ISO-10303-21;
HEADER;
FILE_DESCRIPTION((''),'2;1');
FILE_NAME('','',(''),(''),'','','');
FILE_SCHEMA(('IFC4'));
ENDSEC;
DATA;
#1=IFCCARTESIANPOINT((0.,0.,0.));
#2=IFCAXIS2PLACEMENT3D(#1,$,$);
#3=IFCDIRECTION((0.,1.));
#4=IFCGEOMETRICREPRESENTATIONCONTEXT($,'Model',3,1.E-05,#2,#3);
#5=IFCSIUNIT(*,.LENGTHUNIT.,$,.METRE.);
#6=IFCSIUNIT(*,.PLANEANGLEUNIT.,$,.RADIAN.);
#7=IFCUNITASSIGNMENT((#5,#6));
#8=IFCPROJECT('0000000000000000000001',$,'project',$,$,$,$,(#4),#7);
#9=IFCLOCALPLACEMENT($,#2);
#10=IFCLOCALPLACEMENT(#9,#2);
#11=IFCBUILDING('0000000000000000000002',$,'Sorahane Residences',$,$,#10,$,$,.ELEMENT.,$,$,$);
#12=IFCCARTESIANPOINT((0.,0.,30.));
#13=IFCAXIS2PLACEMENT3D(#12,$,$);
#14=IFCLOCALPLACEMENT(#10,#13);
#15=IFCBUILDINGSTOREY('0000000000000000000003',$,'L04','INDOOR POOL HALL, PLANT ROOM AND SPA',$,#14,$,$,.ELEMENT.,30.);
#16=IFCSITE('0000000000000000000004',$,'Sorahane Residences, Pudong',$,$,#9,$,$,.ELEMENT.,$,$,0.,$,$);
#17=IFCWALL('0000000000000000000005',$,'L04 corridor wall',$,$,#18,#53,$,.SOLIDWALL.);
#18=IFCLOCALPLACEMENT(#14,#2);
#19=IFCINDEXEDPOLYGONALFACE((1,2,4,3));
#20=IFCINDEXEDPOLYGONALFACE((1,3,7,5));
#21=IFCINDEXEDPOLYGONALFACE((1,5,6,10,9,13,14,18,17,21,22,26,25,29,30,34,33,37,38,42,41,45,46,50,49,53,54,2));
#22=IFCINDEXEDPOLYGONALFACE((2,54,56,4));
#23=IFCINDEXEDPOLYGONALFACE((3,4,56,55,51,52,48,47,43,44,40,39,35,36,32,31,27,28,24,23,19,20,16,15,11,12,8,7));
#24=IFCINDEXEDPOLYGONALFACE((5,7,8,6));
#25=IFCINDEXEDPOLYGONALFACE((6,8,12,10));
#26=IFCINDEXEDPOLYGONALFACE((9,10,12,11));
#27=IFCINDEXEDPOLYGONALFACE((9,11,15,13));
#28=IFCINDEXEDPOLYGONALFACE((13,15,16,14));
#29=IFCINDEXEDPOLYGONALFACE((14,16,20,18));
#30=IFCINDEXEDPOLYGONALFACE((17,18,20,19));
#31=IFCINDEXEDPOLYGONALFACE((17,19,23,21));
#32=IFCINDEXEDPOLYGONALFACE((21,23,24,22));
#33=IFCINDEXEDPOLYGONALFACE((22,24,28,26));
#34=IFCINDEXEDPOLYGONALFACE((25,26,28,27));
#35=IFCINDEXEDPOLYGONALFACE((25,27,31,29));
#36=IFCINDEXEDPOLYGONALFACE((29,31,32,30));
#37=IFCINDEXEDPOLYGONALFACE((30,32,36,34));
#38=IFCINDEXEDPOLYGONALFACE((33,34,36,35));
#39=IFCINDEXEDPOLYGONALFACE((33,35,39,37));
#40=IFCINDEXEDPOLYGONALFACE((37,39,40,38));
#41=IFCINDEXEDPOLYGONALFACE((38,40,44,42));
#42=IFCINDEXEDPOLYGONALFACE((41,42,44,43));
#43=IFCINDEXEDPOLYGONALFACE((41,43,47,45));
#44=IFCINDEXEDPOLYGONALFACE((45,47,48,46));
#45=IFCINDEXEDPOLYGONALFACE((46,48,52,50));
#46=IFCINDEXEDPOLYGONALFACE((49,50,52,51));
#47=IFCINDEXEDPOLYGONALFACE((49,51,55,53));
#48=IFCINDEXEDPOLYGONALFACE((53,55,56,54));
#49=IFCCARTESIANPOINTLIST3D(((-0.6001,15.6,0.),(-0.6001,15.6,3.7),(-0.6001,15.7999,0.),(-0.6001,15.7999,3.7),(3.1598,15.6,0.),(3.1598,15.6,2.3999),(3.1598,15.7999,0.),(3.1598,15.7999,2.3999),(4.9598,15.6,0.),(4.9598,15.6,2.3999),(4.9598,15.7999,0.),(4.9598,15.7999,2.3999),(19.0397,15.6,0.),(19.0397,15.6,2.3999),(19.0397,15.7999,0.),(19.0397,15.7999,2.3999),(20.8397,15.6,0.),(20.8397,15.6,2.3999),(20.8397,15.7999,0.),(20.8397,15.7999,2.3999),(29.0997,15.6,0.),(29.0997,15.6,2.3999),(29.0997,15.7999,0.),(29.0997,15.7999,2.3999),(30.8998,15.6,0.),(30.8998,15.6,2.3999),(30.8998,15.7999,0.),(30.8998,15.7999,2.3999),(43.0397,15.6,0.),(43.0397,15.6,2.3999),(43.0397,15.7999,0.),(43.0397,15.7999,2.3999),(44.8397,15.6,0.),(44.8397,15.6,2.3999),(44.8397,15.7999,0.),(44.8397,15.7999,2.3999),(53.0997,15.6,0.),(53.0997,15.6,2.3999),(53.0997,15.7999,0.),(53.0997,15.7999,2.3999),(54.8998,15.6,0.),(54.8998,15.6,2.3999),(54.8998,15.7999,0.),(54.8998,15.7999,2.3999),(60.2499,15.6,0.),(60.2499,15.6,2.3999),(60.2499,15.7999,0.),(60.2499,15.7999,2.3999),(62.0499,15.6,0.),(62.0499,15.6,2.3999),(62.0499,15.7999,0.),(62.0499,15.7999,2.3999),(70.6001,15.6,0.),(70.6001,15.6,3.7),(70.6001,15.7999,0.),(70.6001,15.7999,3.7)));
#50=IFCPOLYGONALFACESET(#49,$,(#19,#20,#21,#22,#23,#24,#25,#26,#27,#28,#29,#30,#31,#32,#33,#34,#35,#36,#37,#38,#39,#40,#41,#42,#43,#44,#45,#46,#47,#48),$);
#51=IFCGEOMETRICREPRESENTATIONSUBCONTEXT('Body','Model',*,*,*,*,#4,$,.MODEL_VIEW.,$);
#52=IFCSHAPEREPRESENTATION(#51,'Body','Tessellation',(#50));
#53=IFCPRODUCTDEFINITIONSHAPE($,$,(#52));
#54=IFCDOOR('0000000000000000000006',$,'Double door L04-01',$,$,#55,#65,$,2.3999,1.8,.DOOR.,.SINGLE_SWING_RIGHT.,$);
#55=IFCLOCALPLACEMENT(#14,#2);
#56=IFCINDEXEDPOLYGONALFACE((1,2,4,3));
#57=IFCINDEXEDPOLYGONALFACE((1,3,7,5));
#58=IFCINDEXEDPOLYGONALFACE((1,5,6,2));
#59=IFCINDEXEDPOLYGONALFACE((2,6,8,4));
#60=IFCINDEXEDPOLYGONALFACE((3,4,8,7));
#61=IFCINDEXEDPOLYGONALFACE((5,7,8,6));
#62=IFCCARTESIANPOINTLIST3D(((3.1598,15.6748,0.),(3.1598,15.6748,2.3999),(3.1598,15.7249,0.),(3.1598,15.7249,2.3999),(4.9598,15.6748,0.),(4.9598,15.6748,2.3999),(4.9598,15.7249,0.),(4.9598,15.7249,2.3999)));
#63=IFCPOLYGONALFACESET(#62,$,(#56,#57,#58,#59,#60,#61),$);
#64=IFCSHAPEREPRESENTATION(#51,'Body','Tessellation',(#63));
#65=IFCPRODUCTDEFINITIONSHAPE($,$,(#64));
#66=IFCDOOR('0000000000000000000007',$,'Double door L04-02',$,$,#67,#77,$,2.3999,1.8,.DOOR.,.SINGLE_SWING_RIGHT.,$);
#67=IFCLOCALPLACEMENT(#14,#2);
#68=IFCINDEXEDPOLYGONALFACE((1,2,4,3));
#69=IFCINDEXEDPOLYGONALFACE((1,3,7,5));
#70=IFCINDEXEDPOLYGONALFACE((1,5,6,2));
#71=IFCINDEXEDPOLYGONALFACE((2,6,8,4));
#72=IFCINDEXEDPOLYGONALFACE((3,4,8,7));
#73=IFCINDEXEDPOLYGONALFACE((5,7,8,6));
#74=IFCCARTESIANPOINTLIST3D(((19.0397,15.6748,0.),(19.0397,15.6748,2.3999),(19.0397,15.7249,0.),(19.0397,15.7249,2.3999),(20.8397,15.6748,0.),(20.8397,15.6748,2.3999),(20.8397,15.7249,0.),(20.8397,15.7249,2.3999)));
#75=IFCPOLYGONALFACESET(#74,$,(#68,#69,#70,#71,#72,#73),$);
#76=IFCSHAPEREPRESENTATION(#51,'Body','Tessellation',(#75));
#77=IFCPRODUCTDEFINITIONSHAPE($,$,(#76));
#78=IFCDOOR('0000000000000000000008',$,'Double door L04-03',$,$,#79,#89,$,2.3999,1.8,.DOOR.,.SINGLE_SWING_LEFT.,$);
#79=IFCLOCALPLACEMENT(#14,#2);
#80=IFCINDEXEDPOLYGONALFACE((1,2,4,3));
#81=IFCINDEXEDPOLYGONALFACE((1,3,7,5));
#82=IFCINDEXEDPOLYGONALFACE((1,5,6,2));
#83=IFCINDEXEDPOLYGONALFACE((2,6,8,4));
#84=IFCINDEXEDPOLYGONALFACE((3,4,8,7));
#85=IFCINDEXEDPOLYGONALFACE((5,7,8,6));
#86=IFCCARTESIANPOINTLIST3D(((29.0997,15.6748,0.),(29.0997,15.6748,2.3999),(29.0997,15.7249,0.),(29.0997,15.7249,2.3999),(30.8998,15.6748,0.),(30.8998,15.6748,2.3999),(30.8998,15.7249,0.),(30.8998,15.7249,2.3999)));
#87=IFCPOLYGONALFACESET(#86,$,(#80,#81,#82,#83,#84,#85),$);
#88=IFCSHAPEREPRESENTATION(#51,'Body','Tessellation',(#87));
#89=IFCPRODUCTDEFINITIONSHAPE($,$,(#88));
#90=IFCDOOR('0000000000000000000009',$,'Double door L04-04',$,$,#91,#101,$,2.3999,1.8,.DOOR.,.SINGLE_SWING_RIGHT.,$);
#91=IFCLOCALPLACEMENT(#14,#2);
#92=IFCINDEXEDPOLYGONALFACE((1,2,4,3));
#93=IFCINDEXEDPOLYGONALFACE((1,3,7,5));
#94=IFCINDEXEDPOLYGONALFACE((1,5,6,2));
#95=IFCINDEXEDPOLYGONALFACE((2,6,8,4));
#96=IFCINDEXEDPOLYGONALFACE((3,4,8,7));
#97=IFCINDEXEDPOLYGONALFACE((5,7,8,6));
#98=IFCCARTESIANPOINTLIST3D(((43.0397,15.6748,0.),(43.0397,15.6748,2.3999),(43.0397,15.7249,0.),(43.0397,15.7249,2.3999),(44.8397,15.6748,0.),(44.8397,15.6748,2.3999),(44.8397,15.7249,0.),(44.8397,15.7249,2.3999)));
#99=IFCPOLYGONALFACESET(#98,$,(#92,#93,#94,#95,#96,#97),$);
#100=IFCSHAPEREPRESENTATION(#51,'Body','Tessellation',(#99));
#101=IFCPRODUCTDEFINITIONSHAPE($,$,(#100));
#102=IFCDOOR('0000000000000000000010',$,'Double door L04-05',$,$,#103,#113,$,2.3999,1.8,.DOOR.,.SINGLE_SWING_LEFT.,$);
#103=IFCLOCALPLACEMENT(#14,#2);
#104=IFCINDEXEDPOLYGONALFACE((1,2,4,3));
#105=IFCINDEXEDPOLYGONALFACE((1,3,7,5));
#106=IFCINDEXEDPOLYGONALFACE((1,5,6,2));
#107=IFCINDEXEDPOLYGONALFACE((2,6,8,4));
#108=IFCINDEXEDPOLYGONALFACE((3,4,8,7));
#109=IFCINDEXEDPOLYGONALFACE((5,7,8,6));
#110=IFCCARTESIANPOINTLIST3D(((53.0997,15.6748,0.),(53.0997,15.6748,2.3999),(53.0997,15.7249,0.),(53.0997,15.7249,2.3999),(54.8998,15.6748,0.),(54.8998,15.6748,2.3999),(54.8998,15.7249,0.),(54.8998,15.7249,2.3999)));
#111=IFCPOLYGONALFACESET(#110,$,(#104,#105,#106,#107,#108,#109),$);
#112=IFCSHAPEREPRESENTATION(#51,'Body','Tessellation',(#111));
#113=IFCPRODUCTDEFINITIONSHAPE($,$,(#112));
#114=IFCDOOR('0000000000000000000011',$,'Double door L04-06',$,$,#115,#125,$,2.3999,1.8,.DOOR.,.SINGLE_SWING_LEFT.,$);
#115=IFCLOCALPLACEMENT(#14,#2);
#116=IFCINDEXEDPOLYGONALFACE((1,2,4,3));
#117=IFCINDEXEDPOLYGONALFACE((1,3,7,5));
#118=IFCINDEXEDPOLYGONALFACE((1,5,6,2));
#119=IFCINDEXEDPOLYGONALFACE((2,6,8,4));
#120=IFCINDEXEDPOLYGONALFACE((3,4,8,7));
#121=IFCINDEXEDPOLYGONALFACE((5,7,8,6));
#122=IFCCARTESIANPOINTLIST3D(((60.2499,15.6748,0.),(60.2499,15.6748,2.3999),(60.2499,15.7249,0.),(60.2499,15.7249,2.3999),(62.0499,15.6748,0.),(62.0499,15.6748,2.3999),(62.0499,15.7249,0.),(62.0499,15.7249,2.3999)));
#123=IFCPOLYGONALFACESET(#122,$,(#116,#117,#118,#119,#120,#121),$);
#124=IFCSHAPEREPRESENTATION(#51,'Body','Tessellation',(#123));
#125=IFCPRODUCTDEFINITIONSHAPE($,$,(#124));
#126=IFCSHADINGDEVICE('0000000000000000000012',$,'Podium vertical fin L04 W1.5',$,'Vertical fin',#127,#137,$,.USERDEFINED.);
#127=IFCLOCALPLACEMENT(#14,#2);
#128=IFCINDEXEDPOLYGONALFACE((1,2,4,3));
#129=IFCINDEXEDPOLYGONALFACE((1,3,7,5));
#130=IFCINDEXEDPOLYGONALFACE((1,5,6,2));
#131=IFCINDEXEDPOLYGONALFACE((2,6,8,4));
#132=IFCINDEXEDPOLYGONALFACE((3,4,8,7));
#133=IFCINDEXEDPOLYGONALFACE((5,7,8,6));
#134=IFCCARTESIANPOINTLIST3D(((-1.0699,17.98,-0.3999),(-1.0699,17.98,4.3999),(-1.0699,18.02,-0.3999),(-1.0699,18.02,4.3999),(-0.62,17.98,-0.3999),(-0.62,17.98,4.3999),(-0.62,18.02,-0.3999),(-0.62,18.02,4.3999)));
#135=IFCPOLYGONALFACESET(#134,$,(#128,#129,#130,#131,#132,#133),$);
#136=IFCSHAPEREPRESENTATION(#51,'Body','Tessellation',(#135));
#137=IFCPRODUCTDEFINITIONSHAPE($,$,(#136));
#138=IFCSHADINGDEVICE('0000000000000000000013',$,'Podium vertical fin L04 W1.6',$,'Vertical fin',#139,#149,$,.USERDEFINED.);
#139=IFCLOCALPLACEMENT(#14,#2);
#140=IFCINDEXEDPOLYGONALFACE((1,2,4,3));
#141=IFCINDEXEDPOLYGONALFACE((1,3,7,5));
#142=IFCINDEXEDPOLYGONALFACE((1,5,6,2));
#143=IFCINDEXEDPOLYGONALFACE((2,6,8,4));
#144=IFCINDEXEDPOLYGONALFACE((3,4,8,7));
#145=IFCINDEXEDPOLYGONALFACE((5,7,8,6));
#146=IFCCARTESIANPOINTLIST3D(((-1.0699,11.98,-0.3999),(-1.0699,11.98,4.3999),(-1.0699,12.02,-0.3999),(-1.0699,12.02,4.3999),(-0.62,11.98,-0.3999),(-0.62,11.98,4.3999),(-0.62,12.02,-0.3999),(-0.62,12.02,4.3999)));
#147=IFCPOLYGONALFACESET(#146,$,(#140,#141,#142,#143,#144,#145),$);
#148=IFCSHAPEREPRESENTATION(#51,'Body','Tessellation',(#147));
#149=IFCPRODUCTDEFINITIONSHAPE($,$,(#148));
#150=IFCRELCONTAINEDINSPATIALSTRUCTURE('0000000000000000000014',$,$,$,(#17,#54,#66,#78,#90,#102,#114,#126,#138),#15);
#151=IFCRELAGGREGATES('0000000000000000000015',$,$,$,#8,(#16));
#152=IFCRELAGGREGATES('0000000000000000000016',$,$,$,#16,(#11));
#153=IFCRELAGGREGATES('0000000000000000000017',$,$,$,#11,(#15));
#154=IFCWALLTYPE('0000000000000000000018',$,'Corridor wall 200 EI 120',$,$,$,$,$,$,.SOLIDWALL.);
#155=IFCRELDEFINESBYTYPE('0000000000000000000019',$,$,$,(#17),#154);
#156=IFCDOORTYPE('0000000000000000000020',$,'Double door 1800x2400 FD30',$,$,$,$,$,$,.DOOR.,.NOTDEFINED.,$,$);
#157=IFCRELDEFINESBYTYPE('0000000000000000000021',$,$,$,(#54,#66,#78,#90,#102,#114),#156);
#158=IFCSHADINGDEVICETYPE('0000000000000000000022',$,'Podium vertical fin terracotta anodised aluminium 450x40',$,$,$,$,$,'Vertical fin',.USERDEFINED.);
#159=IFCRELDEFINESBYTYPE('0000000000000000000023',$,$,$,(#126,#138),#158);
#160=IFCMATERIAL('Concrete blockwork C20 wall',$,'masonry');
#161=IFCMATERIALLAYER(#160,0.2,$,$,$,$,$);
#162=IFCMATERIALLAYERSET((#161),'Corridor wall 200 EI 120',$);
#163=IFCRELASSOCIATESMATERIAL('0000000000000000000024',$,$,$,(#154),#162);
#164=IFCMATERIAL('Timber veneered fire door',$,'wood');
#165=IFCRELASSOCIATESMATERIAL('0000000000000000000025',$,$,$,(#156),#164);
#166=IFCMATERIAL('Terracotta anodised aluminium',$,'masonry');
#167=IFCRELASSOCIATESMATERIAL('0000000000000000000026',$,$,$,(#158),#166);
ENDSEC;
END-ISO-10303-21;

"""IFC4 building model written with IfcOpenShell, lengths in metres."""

from ifc_helpers import new_model, si_unit, direction, frame, frame_2d, origin, origin_2d, place, context, subcontext, project, spatial, rectangle, extrude, material, layer, layer_set, material_profile, profile_set, type_object, element, fill, save


model = new_model("IFC4")

# Units and contexts
model_context = context("Model", 3, precision=1e-05, world=origin(), true_north=direction((0.0, 1.0)))
body_context = subcontext(model_context, "Body", "Model", "MODEL_VIEW")
ifc_project = project(units=[si_unit("LENGTHUNIT", "METRE"), si_unit("PLANEANGLEUNIT", "RADIAN")], contexts=[model_context])

# Site, building, storey
site_placement = place(None, origin())
site = spatial("IfcSite", under=ifc_project, at=site_placement, Name="Sorahane Residences, Pudong", CompositionType="ELEMENT", RefElevation=0.0)
building_placement = place(site_placement, origin())
building = spatial("IfcBuilding", under=site, at=building_placement, Name="Sorahane Residences", CompositionType="ELEMENT")
storey_placement = place(building_placement, frame((0.0, 0.0, 30.0)))
storey = spatial("IfcBuildingStorey", under=building, at=storey_placement, Name="L04", Description="INDOOR POOL HALL, PLANT ROOM AND SPA", CompositionType="ELEMENT", Elevation=30.0)

# Wall, openings, doors
ifc_material_1 = material(Name="Concrete blockwork C20 wall", Category="masonry")
ifc_layer_1 = layer(ifc_material_1, 0.2)
ifc_layer_set_1 = layer_set([ifc_layer_1], Name="Corridor wall 200 EI 120")
wall_type = type_object("IfcWallType", Name="Corridor wall 200 EI 120", PredefinedType="SOLIDWALL", material=ifc_layer_set_1)
wall_placement = place(storey_placement, frame((-0.6001, 15.7, 0.0), z_axis=(0.0, 0.0, 1.0), x_axis=(1.0, 0.0, 0.0)))
wall = element("IfcWall", 1, at=wall_placement, inside=storey, type_object=wall_type, Name="L04 corridor wall", PredefinedType="SOLIDWALL", context=body_context, shape_type="SweptSolid", body=[
    extrude(rectangle(XDim=71.2002, YDim=0.2, at=frame_2d((35.6001, 0.0))), origin(), (0.0, 0.0, 1.0), 3.7),
])
opening_1_placement = place(wall_placement, frame((3.76, 0.0, 0.0)))
opening_1 = element("IfcOpeningElement", 2, at=opening_1_placement, cuts=wall, PredefinedType="OPENING", context=body_context, shape_type="SweptSolid", body=[
    extrude(rectangle(XDim=1.8, YDim=2.3999, at=frame_2d((0.8999, 1.2))), frame((0.0, 0.1099, 0.0), z_axis=(0.0, -1.0, 0.0), x_axis=(1.0, 0.0, 0.0)), (0.0, 0.0, 1.0), 0.22),
])
opening_2_placement = place(wall_placement, frame((19.6399, 0.0, 0.0)))
opening_2 = element("IfcOpeningElement", 3, at=opening_2_placement, cuts=wall, PredefinedType="OPENING", context=body_context, shape_type="SweptSolid", body=[
    extrude(rectangle(XDim=1.8, YDim=2.3999, at=frame_2d((0.8999, 1.2))), frame((0.0, 0.1099, 0.0), z_axis=(0.0, -1.0, 0.0), x_axis=(1.0, 0.0, 0.0)), (0.0, 0.0, 1.0), 0.22),
])
opening_3_placement = place(wall_placement, frame((29.7, 0.0, 0.0)))
opening_3 = element("IfcOpeningElement", 4, at=opening_3_placement, cuts=wall, PredefinedType="OPENING", context=body_context, shape_type="SweptSolid", body=[
    extrude(rectangle(XDim=1.8, YDim=2.3999, at=frame_2d((0.8999, 1.2))), frame((0.0, 0.1099, 0.0), z_axis=(0.0, -1.0, 0.0), x_axis=(1.0, 0.0, 0.0)), (0.0, 0.0, 1.0), 0.22),
])
opening_4_placement = place(wall_placement, frame((43.6399, 0.0, 0.0)))
opening_4 = element("IfcOpeningElement", 5, at=opening_4_placement, cuts=wall, PredefinedType="OPENING", context=body_context, shape_type="SweptSolid", body=[
    extrude(rectangle(XDim=1.8, YDim=2.3999, at=frame_2d((0.8999, 1.2))), frame((0.0, 0.1099, 0.0), z_axis=(0.0, -1.0, 0.0), x_axis=(1.0, 0.0, 0.0)), (0.0, 0.0, 1.0), 0.22),
])
opening_5_placement = place(wall_placement, frame((53.7, 0.0, 0.0)))
opening_5 = element("IfcOpeningElement", 6, at=opening_5_placement, cuts=wall, PredefinedType="OPENING", context=body_context, shape_type="SweptSolid", body=[
    extrude(rectangle(XDim=1.8, YDim=2.3999, at=frame_2d((0.8999, 1.2))), frame((0.0, 0.1099, 0.0), z_axis=(0.0, -1.0, 0.0), x_axis=(1.0, 0.0, 0.0)), (0.0, 0.0, 1.0), 0.22),
])
opening_6_placement = place(wall_placement, frame((60.8501, 0.0, 0.0)))
opening_6 = element("IfcOpeningElement", 7, at=opening_6_placement, cuts=wall, PredefinedType="OPENING", context=body_context, shape_type="SweptSolid", body=[
    extrude(rectangle(XDim=1.8, YDim=2.3999, at=frame_2d((0.8999, 1.2))), frame((0.0, 0.1099, 0.0), z_axis=(0.0, -1.0, 0.0), x_axis=(1.0, 0.0, 0.0)), (0.0, 0.0, 1.0), 0.22),
])
ifc_material_2 = material(Name="Timber veneered fire door", Category="wood")
door_type = type_object("IfcDoorType", Name="Double door 1800x2400 FD30", OperationType="NOTDEFINED", PredefinedType="DOOR", material=ifc_material_2)
door_1_placement = place(opening_1_placement, origin())
door_1 = element("IfcDoor", 8, at=door_1_placement, inside=storey, type_object=door_type, Name="Double door L04-01", OperationType="SINGLE_SWING_RIGHT", OverallHeight=2.3999, OverallWidth=1.8, PredefinedType="DOOR", context=body_context, shape_type="SweptSolid", body=[
    extrude(rectangle(XDim=1.8, YDim=2.3999, at=frame_2d((0.8999, 1.2))), frame((0.0, 0.0249, 0.0), z_axis=(0.0, -1.0, 0.0), x_axis=(1.0, 0.0, 0.0)), (0.0, 0.0, 1.0), 0.05),
])
fill(opening_1, door_1)
door_2_placement = place(opening_2_placement, origin())
door_2 = element("IfcDoor", 9, at=door_2_placement, inside=storey, type_object=door_type, Name="Double door L04-02", OperationType="SINGLE_SWING_RIGHT", OverallHeight=2.3999, OverallWidth=1.8, PredefinedType="DOOR", context=body_context, shape_type="SweptSolid", body=[
    extrude(rectangle(XDim=1.8, YDim=2.3999, at=frame_2d((0.8999, 1.2))), frame((0.0, 0.0249, 0.0), z_axis=(0.0, -1.0, 0.0), x_axis=(1.0, 0.0, 0.0)), (0.0, 0.0, 1.0), 0.05),
])
fill(opening_2, door_2)
door_3_placement = place(opening_3_placement, origin())
door_3 = element("IfcDoor", 10, at=door_3_placement, inside=storey, type_object=door_type, Name="Double door L04-03", OperationType="SINGLE_SWING_LEFT", OverallHeight=2.3999, OverallWidth=1.8, PredefinedType="DOOR", context=body_context, shape_type="SweptSolid", body=[
    extrude(rectangle(XDim=1.8, YDim=2.3999, at=frame_2d((0.8999, 1.2))), frame((0.0, 0.0249, 0.0), z_axis=(0.0, -1.0, 0.0), x_axis=(1.0, 0.0, 0.0)), (0.0, 0.0, 1.0), 0.05),
])
fill(opening_3, door_3)
door_4_placement = place(opening_4_placement, origin())
door_4 = element("IfcDoor", 11, at=door_4_placement, inside=storey, type_object=door_type, Name="Double door L04-04", OperationType="SINGLE_SWING_RIGHT", OverallHeight=2.3999, OverallWidth=1.8, PredefinedType="DOOR", context=body_context, shape_type="SweptSolid", body=[
    extrude(rectangle(XDim=1.8, YDim=2.3999, at=frame_2d((0.8999, 1.2))), frame((0.0, 0.0249, 0.0), z_axis=(0.0, -1.0, 0.0), x_axis=(1.0, 0.0, 0.0)), (0.0, 0.0, 1.0), 0.05),
])
fill(opening_4, door_4)
door_5_placement = place(opening_5_placement, origin())
door_5 = element("IfcDoor", 12, at=door_5_placement, inside=storey, type_object=door_type, Name="Double door L04-05", OperationType="SINGLE_SWING_LEFT", OverallHeight=2.3999, OverallWidth=1.8, PredefinedType="DOOR", context=body_context, shape_type="SweptSolid", body=[
    extrude(rectangle(XDim=1.8, YDim=2.3999, at=frame_2d((0.8999, 1.2))), frame((0.0, 0.0249, 0.0), z_axis=(0.0, -1.0, 0.0), x_axis=(1.0, 0.0, 0.0)), (0.0, 0.0, 1.0), 0.05),
])
fill(opening_5, door_5)
door_6_placement = place(opening_6_placement, origin())
door_6 = element("IfcDoor", 13, at=door_6_placement, inside=storey, type_object=door_type, Name="Double door L04-06", OperationType="SINGLE_SWING_LEFT", OverallHeight=2.3999, OverallWidth=1.8, PredefinedType="DOOR", context=body_context, shape_type="SweptSolid", body=[
    extrude(rectangle(XDim=1.8, YDim=2.3999, at=frame_2d((0.8999, 1.2))), frame((0.0, 0.0249, 0.0), z_axis=(0.0, -1.0, 0.0), x_axis=(1.0, 0.0, 0.0)), (0.0, 0.0, 1.0), 0.05),
])
fill(opening_6, door_6)

# Shading devices
ifc_material_3 = material(Name="Terracotta anodised aluminium", Category="masonry")
ifc_material_profile_1 = material_profile(ifc_material_3, rectangle(XDim=0.45, YDim=0.04, at=origin_2d()), Name="Podium vertical fin terracotta anodised aluminium 450x40")
ifc_profile_set_1 = profile_set([ifc_material_profile_1], Name="Terracotta anodised aluminium")
shading_device_type = type_object("IfcShadingDeviceType", Name="Podium vertical fin terracotta anodised aluminium 450x40", ElementType="Vertical fin", PredefinedType="USERDEFINED", material=ifc_profile_set_1)
for number, where, z_axis, x_axis, name in (
    (14, (-0.845, 18.0, -0.3999), (0.0, 0.0, 1.0), (-1.0, 0.0, 0.0), "Podium vertical fin L04 W1.5"),
    (15, (-0.845, 12.0, -0.3999), (0.0, 0.0, 1.0), (-1.0, 0.0, 0.0), "Podium vertical fin L04 W1.6"),
):
    element("IfcShadingDevice", number, at=place(storey_placement, frame(where, z_axis=z_axis, x_axis=x_axis)), inside=storey, type_object=shading_device_type, Name=name, ObjectType="Vertical fin", PredefinedType="USERDEFINED", context=body_context, shape_type="SweptSolid", body=[
        extrude(rectangle(XDim=0.45, YDim=0.04, at=origin_2d()), origin(), (0.0, 0.0, 1.0), 4.7998),
    ])

save(model, "model.ifc")
